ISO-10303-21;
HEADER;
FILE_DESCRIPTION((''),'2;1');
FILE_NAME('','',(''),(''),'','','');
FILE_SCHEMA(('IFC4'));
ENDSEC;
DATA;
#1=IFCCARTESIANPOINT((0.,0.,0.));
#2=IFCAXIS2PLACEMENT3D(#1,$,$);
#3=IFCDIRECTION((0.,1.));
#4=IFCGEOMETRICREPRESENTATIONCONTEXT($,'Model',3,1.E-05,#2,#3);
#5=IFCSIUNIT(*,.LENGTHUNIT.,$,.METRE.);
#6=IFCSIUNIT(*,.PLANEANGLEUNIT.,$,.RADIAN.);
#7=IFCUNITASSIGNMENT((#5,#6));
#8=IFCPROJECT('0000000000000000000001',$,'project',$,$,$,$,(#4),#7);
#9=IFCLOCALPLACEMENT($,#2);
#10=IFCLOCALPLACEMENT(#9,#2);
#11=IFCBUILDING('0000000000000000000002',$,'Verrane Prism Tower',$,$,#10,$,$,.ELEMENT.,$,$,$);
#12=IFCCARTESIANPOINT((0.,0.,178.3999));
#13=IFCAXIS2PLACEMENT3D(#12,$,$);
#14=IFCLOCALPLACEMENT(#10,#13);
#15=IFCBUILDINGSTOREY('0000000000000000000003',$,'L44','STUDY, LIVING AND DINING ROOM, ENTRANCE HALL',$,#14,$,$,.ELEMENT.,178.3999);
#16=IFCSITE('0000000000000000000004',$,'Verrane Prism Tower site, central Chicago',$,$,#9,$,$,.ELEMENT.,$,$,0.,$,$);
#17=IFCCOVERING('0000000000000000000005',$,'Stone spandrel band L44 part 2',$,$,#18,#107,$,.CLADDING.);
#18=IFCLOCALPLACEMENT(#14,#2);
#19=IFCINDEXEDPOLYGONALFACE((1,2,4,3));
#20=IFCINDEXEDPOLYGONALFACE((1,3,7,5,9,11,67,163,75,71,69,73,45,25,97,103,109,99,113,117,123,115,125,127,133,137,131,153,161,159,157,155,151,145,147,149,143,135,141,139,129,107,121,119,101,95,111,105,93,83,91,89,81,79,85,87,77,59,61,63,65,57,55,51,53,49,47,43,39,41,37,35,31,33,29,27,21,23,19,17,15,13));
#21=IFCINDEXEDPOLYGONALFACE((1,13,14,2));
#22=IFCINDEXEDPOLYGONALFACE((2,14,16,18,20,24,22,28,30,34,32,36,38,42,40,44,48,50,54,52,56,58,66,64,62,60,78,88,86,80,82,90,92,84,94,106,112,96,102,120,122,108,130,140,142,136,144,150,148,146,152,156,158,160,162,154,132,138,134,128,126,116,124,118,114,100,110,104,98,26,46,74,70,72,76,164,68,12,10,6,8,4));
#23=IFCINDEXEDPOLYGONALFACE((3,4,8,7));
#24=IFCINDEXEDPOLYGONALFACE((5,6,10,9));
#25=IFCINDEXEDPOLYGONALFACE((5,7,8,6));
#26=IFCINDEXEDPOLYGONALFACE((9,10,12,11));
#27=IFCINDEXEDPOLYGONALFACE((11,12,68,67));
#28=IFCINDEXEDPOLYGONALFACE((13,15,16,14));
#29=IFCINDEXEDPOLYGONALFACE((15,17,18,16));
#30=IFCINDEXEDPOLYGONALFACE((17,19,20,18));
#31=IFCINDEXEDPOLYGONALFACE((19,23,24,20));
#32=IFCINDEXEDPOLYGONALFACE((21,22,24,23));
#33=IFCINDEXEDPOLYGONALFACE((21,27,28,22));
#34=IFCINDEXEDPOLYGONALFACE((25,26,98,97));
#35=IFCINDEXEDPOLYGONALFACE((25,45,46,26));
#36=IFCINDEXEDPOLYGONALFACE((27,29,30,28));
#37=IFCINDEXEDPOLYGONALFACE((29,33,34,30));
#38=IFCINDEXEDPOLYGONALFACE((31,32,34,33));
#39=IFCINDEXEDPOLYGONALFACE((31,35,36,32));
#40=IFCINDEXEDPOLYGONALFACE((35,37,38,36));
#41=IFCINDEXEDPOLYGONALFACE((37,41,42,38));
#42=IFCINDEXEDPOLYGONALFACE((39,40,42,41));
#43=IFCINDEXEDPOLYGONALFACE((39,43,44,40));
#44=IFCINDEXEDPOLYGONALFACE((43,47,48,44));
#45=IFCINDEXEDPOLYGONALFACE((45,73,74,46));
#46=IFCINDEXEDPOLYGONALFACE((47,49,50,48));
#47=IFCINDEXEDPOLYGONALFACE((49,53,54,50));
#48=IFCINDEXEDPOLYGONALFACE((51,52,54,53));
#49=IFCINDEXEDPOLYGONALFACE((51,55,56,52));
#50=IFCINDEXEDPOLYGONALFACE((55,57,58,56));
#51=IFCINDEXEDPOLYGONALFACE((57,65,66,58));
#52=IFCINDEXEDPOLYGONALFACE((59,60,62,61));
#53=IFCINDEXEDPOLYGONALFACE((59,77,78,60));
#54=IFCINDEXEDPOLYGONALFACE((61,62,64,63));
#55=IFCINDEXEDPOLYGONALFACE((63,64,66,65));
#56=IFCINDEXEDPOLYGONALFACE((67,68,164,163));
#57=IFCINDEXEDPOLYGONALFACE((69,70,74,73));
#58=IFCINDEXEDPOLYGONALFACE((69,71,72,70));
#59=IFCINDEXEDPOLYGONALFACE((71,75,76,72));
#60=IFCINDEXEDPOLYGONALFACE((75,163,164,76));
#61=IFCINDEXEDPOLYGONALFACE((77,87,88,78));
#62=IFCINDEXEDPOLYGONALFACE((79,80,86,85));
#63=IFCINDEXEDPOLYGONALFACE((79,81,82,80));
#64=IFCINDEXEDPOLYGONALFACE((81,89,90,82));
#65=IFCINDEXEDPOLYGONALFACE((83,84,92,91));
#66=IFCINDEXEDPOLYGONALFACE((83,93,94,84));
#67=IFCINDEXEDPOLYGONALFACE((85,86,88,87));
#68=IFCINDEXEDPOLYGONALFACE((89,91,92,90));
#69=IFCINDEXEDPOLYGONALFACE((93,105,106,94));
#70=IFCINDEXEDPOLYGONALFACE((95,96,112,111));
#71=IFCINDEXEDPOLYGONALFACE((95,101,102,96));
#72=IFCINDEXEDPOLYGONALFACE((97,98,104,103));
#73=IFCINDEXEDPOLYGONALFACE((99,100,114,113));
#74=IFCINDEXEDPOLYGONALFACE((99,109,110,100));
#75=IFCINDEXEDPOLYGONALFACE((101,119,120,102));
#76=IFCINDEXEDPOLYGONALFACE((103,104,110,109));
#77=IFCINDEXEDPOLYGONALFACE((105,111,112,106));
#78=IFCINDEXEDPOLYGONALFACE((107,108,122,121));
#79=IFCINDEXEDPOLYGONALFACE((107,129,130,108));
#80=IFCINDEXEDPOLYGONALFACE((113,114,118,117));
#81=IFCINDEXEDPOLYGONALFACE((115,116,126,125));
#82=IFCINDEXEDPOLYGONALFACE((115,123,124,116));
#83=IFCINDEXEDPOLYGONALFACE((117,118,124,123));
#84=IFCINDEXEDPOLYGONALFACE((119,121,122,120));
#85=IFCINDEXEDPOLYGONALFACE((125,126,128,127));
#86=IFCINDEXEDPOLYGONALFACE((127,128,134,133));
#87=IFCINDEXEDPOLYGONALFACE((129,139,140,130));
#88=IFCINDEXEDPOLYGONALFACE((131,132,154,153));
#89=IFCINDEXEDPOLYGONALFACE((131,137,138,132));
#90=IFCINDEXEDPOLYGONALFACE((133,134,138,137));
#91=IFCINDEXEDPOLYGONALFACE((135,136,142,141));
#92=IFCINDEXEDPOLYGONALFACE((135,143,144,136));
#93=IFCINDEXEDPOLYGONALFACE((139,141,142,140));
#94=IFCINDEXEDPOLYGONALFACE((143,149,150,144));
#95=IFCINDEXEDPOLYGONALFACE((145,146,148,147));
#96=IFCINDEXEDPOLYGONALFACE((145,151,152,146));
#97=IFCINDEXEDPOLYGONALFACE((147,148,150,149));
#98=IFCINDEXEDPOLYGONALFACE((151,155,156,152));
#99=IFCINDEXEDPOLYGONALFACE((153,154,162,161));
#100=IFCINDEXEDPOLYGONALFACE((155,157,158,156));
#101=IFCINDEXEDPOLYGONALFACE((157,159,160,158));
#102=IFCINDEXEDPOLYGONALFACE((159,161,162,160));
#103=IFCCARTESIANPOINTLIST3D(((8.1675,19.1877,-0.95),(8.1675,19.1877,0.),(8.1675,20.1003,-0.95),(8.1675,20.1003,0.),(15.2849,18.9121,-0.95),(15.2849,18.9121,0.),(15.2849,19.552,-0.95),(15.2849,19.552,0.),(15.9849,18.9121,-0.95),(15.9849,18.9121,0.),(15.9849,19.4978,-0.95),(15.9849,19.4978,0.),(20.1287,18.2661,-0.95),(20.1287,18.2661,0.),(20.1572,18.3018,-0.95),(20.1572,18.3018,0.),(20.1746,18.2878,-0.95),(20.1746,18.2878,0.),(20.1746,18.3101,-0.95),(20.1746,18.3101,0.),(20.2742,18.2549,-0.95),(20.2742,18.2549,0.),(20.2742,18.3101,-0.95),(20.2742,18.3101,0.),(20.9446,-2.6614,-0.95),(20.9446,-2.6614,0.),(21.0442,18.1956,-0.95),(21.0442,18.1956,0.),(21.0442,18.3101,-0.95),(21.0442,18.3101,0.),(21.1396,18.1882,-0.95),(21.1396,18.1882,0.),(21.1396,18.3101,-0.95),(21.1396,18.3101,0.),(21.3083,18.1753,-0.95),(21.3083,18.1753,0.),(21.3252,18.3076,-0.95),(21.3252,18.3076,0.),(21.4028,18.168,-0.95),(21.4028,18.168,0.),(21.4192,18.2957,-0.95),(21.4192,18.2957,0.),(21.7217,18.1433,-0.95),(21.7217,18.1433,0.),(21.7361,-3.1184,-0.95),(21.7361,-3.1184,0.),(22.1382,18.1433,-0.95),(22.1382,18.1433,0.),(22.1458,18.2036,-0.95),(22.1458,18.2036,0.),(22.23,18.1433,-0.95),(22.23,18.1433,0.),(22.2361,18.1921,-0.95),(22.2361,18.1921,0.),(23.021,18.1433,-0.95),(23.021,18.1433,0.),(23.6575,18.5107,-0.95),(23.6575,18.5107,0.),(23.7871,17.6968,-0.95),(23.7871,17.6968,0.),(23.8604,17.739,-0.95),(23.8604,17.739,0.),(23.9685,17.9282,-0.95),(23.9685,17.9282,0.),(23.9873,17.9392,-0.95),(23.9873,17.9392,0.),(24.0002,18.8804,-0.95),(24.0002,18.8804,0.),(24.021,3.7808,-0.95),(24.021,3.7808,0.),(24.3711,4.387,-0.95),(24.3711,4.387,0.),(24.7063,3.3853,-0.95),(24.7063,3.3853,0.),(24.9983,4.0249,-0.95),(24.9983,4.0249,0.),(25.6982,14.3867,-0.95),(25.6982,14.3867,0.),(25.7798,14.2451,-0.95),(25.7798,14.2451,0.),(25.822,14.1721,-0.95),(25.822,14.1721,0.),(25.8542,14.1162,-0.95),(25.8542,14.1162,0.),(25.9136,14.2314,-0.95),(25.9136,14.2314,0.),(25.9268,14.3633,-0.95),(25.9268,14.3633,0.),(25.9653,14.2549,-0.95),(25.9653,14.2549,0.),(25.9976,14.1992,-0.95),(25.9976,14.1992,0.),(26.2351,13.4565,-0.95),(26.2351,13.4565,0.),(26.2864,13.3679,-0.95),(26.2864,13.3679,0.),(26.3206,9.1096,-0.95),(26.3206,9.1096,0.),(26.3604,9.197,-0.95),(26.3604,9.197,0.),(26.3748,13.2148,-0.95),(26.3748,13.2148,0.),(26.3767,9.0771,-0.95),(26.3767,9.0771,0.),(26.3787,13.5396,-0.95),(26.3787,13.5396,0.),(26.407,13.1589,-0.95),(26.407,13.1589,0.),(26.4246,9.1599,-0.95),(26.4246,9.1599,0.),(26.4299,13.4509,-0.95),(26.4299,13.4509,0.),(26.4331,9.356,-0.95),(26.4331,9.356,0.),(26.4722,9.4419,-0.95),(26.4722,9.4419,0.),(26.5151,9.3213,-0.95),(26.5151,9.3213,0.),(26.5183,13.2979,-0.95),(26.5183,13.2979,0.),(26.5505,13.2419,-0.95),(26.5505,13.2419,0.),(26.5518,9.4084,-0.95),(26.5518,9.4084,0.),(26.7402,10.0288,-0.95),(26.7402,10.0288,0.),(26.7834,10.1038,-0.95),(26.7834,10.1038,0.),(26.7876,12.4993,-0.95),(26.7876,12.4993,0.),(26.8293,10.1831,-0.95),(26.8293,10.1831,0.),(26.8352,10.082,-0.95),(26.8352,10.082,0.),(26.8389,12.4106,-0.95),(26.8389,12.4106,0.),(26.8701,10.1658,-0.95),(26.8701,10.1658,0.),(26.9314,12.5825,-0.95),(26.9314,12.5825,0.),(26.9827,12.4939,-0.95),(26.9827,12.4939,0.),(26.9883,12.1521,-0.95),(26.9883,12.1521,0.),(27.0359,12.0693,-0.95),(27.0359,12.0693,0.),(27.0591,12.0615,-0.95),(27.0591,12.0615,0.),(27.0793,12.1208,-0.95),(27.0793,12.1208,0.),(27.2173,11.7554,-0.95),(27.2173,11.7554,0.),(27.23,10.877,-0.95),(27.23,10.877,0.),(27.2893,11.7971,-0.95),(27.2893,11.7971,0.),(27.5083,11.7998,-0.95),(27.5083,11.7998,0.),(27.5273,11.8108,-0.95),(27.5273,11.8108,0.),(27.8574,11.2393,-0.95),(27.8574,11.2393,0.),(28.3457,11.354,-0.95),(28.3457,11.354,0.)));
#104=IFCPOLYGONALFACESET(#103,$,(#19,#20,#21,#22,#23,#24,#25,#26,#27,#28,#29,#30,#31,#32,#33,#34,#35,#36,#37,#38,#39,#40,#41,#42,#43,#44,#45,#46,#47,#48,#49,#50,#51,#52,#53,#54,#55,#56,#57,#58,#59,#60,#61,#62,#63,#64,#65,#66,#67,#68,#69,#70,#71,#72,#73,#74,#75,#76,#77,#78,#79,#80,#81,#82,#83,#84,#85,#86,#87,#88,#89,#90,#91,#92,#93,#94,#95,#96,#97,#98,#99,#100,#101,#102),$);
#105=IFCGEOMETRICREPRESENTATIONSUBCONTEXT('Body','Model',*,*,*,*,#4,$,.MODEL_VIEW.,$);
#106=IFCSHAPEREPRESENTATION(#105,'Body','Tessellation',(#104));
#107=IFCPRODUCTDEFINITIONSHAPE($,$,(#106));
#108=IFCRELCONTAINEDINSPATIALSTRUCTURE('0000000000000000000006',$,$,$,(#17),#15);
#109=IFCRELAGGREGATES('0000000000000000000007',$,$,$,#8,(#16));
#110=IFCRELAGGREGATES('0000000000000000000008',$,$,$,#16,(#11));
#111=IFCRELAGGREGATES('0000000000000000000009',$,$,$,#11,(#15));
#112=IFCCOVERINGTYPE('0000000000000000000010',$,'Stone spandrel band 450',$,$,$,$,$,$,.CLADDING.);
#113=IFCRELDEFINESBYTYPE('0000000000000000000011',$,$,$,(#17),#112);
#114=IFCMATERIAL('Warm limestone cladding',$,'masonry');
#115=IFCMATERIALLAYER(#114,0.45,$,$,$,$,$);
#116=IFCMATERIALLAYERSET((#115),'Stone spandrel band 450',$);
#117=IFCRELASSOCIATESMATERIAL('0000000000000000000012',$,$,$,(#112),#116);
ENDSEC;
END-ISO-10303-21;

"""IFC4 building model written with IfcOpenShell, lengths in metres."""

from ifc_helpers import new_model, si_unit, direction, frame, origin, place, context, subcontext, project, spatial, polyline, outline, extrude, material, layer, layer_set, type_object, element, save


model = new_model("IFC4")

# Units and contexts
model_context = context("Model", 3, precision=1e-05, world=origin(), true_north=direction((0.0, 1.0)))
body_context = subcontext(model_context, "Body", "Model", "MODEL_VIEW")
ifc_project = project(units=[si_unit("LENGTHUNIT", "METRE"), si_unit("PLANEANGLEUNIT", "RADIAN")], contexts=[model_context])

# Site, building, storey
site_placement = place(None, origin())
site = spatial("IfcSite", under=ifc_project, at=site_placement, Name="Verrane Prism Tower site, central Chicago", CompositionType="ELEMENT", RefElevation=0.0)
building_placement = place(site_placement, origin())
building = spatial("IfcBuilding", under=site, at=building_placement, Name="Verrane Prism Tower", CompositionType="ELEMENT")
storey_placement = place(building_placement, frame((0.0, 0.0, 178.3999)))
storey = spatial("IfcBuildingStorey", under=building, at=storey_placement, Name="L44", Description="STUDY, LIVING AND DINING ROOM, ENTRANCE HALL", CompositionType="ELEMENT", Elevation=178.3999)

# Covering
ifc_material_1 = material(Name="Warm limestone cladding", Category="masonry")
ifc_layer_1 = layer(ifc_material_1, 0.45)
ifc_layer_set_1 = layer_set([ifc_layer_1], Name="Stone spandrel band 450")
covering_type_1 = type_object("IfcCoveringType", Name="Stone spandrel band 450", PredefinedType="CLADDING", material=ifc_layer_set_1)
covering_1_placement = place(storey_placement, frame((0.0, 0.0, -0.95)))
element("IfcCovering", 1, at=covering_1_placement, inside=storey, type_object=covering_type_1, Name="Stone spandrel band L44 part 2", PredefinedType="CLADDING", context=body_context, shape_type="SweptSolid", body=[
    extrude(outline(polyline([(8.1675, 19.1877), (20.1287, 18.2661), (20.1572, 18.3018), (20.1746, 18.2878), (20.1746, 18.3101), (20.2742, 18.3101), (20.2742, 18.2549), (21.0442, 18.1956), (21.0442, 18.3101), (21.1396, 18.3101), (21.1396, 18.1882), (21.3083, 18.1753), (21.3252, 18.3076), (21.4192, 18.2957), (21.4028, 18.168), (21.7217, 18.1433), (22.1382, 18.1433), (22.1458, 18.2036), (22.2361, 18.1921), (22.23, 18.1433), (23.021, 18.1433), (23.6575, 18.5107), (23.9873, 17.9392), (23.9685, 17.9282), (23.8604, 17.739), (23.7871, 17.6968), (25.6982, 14.3867), (25.9268, 14.3633), (25.9136, 14.2314), (25.7798, 14.2451), (25.822, 14.1721), (25.9653, 14.2549), (25.9976, 14.1992), (25.8542, 14.1162), (26.2351, 13.4565), (26.3787, 13.5396), (26.4299, 13.4509), (26.2864, 13.3679), (26.3748, 13.2148), (26.5183, 13.2979), (26.5505, 13.2419), (26.407, 13.1589), (26.7876, 12.4993), (26.9314, 12.5825), (26.9827, 12.4939), (26.8389, 12.4106), (26.9883, 12.1521), (27.0793, 12.1208), (27.0591, 12.0615), (27.0359, 12.0693), (27.2173, 11.7554), (27.2893, 11.7971), (27.5083, 11.7998), (27.5273, 11.8108), (27.8574, 11.2393), (27.23, 10.877), (26.8293, 10.1831), (26.8701, 10.1658), (26.8352, 10.082), (26.7834, 10.1038), (26.7402, 10.0288), (26.4722, 9.4419), (26.5518, 9.4084), (26.5151, 9.3213), (26.4331, 9.356), (26.3604, 9.197), (26.4246, 9.1599), (26.3767, 9.0771), (26.3206, 9.1096), (20.9446, -2.6614), (21.7361, -3.1184), (24.7063, 3.3853), (24.021, 3.7808), (24.3711, 4.387), (24.9983, 4.0249), (28.3457, 11.354), (24.0002, 18.8804), (15.9849, 19.4978), (15.9849, 18.9121), (15.2849, 18.9121), (15.2849, 19.552), (8.1675, 20.1003), (8.1675, 19.1877)])), origin(), (0.0, 0.0, 1.0), 0.95),
])

save(model, "model.ifc")
